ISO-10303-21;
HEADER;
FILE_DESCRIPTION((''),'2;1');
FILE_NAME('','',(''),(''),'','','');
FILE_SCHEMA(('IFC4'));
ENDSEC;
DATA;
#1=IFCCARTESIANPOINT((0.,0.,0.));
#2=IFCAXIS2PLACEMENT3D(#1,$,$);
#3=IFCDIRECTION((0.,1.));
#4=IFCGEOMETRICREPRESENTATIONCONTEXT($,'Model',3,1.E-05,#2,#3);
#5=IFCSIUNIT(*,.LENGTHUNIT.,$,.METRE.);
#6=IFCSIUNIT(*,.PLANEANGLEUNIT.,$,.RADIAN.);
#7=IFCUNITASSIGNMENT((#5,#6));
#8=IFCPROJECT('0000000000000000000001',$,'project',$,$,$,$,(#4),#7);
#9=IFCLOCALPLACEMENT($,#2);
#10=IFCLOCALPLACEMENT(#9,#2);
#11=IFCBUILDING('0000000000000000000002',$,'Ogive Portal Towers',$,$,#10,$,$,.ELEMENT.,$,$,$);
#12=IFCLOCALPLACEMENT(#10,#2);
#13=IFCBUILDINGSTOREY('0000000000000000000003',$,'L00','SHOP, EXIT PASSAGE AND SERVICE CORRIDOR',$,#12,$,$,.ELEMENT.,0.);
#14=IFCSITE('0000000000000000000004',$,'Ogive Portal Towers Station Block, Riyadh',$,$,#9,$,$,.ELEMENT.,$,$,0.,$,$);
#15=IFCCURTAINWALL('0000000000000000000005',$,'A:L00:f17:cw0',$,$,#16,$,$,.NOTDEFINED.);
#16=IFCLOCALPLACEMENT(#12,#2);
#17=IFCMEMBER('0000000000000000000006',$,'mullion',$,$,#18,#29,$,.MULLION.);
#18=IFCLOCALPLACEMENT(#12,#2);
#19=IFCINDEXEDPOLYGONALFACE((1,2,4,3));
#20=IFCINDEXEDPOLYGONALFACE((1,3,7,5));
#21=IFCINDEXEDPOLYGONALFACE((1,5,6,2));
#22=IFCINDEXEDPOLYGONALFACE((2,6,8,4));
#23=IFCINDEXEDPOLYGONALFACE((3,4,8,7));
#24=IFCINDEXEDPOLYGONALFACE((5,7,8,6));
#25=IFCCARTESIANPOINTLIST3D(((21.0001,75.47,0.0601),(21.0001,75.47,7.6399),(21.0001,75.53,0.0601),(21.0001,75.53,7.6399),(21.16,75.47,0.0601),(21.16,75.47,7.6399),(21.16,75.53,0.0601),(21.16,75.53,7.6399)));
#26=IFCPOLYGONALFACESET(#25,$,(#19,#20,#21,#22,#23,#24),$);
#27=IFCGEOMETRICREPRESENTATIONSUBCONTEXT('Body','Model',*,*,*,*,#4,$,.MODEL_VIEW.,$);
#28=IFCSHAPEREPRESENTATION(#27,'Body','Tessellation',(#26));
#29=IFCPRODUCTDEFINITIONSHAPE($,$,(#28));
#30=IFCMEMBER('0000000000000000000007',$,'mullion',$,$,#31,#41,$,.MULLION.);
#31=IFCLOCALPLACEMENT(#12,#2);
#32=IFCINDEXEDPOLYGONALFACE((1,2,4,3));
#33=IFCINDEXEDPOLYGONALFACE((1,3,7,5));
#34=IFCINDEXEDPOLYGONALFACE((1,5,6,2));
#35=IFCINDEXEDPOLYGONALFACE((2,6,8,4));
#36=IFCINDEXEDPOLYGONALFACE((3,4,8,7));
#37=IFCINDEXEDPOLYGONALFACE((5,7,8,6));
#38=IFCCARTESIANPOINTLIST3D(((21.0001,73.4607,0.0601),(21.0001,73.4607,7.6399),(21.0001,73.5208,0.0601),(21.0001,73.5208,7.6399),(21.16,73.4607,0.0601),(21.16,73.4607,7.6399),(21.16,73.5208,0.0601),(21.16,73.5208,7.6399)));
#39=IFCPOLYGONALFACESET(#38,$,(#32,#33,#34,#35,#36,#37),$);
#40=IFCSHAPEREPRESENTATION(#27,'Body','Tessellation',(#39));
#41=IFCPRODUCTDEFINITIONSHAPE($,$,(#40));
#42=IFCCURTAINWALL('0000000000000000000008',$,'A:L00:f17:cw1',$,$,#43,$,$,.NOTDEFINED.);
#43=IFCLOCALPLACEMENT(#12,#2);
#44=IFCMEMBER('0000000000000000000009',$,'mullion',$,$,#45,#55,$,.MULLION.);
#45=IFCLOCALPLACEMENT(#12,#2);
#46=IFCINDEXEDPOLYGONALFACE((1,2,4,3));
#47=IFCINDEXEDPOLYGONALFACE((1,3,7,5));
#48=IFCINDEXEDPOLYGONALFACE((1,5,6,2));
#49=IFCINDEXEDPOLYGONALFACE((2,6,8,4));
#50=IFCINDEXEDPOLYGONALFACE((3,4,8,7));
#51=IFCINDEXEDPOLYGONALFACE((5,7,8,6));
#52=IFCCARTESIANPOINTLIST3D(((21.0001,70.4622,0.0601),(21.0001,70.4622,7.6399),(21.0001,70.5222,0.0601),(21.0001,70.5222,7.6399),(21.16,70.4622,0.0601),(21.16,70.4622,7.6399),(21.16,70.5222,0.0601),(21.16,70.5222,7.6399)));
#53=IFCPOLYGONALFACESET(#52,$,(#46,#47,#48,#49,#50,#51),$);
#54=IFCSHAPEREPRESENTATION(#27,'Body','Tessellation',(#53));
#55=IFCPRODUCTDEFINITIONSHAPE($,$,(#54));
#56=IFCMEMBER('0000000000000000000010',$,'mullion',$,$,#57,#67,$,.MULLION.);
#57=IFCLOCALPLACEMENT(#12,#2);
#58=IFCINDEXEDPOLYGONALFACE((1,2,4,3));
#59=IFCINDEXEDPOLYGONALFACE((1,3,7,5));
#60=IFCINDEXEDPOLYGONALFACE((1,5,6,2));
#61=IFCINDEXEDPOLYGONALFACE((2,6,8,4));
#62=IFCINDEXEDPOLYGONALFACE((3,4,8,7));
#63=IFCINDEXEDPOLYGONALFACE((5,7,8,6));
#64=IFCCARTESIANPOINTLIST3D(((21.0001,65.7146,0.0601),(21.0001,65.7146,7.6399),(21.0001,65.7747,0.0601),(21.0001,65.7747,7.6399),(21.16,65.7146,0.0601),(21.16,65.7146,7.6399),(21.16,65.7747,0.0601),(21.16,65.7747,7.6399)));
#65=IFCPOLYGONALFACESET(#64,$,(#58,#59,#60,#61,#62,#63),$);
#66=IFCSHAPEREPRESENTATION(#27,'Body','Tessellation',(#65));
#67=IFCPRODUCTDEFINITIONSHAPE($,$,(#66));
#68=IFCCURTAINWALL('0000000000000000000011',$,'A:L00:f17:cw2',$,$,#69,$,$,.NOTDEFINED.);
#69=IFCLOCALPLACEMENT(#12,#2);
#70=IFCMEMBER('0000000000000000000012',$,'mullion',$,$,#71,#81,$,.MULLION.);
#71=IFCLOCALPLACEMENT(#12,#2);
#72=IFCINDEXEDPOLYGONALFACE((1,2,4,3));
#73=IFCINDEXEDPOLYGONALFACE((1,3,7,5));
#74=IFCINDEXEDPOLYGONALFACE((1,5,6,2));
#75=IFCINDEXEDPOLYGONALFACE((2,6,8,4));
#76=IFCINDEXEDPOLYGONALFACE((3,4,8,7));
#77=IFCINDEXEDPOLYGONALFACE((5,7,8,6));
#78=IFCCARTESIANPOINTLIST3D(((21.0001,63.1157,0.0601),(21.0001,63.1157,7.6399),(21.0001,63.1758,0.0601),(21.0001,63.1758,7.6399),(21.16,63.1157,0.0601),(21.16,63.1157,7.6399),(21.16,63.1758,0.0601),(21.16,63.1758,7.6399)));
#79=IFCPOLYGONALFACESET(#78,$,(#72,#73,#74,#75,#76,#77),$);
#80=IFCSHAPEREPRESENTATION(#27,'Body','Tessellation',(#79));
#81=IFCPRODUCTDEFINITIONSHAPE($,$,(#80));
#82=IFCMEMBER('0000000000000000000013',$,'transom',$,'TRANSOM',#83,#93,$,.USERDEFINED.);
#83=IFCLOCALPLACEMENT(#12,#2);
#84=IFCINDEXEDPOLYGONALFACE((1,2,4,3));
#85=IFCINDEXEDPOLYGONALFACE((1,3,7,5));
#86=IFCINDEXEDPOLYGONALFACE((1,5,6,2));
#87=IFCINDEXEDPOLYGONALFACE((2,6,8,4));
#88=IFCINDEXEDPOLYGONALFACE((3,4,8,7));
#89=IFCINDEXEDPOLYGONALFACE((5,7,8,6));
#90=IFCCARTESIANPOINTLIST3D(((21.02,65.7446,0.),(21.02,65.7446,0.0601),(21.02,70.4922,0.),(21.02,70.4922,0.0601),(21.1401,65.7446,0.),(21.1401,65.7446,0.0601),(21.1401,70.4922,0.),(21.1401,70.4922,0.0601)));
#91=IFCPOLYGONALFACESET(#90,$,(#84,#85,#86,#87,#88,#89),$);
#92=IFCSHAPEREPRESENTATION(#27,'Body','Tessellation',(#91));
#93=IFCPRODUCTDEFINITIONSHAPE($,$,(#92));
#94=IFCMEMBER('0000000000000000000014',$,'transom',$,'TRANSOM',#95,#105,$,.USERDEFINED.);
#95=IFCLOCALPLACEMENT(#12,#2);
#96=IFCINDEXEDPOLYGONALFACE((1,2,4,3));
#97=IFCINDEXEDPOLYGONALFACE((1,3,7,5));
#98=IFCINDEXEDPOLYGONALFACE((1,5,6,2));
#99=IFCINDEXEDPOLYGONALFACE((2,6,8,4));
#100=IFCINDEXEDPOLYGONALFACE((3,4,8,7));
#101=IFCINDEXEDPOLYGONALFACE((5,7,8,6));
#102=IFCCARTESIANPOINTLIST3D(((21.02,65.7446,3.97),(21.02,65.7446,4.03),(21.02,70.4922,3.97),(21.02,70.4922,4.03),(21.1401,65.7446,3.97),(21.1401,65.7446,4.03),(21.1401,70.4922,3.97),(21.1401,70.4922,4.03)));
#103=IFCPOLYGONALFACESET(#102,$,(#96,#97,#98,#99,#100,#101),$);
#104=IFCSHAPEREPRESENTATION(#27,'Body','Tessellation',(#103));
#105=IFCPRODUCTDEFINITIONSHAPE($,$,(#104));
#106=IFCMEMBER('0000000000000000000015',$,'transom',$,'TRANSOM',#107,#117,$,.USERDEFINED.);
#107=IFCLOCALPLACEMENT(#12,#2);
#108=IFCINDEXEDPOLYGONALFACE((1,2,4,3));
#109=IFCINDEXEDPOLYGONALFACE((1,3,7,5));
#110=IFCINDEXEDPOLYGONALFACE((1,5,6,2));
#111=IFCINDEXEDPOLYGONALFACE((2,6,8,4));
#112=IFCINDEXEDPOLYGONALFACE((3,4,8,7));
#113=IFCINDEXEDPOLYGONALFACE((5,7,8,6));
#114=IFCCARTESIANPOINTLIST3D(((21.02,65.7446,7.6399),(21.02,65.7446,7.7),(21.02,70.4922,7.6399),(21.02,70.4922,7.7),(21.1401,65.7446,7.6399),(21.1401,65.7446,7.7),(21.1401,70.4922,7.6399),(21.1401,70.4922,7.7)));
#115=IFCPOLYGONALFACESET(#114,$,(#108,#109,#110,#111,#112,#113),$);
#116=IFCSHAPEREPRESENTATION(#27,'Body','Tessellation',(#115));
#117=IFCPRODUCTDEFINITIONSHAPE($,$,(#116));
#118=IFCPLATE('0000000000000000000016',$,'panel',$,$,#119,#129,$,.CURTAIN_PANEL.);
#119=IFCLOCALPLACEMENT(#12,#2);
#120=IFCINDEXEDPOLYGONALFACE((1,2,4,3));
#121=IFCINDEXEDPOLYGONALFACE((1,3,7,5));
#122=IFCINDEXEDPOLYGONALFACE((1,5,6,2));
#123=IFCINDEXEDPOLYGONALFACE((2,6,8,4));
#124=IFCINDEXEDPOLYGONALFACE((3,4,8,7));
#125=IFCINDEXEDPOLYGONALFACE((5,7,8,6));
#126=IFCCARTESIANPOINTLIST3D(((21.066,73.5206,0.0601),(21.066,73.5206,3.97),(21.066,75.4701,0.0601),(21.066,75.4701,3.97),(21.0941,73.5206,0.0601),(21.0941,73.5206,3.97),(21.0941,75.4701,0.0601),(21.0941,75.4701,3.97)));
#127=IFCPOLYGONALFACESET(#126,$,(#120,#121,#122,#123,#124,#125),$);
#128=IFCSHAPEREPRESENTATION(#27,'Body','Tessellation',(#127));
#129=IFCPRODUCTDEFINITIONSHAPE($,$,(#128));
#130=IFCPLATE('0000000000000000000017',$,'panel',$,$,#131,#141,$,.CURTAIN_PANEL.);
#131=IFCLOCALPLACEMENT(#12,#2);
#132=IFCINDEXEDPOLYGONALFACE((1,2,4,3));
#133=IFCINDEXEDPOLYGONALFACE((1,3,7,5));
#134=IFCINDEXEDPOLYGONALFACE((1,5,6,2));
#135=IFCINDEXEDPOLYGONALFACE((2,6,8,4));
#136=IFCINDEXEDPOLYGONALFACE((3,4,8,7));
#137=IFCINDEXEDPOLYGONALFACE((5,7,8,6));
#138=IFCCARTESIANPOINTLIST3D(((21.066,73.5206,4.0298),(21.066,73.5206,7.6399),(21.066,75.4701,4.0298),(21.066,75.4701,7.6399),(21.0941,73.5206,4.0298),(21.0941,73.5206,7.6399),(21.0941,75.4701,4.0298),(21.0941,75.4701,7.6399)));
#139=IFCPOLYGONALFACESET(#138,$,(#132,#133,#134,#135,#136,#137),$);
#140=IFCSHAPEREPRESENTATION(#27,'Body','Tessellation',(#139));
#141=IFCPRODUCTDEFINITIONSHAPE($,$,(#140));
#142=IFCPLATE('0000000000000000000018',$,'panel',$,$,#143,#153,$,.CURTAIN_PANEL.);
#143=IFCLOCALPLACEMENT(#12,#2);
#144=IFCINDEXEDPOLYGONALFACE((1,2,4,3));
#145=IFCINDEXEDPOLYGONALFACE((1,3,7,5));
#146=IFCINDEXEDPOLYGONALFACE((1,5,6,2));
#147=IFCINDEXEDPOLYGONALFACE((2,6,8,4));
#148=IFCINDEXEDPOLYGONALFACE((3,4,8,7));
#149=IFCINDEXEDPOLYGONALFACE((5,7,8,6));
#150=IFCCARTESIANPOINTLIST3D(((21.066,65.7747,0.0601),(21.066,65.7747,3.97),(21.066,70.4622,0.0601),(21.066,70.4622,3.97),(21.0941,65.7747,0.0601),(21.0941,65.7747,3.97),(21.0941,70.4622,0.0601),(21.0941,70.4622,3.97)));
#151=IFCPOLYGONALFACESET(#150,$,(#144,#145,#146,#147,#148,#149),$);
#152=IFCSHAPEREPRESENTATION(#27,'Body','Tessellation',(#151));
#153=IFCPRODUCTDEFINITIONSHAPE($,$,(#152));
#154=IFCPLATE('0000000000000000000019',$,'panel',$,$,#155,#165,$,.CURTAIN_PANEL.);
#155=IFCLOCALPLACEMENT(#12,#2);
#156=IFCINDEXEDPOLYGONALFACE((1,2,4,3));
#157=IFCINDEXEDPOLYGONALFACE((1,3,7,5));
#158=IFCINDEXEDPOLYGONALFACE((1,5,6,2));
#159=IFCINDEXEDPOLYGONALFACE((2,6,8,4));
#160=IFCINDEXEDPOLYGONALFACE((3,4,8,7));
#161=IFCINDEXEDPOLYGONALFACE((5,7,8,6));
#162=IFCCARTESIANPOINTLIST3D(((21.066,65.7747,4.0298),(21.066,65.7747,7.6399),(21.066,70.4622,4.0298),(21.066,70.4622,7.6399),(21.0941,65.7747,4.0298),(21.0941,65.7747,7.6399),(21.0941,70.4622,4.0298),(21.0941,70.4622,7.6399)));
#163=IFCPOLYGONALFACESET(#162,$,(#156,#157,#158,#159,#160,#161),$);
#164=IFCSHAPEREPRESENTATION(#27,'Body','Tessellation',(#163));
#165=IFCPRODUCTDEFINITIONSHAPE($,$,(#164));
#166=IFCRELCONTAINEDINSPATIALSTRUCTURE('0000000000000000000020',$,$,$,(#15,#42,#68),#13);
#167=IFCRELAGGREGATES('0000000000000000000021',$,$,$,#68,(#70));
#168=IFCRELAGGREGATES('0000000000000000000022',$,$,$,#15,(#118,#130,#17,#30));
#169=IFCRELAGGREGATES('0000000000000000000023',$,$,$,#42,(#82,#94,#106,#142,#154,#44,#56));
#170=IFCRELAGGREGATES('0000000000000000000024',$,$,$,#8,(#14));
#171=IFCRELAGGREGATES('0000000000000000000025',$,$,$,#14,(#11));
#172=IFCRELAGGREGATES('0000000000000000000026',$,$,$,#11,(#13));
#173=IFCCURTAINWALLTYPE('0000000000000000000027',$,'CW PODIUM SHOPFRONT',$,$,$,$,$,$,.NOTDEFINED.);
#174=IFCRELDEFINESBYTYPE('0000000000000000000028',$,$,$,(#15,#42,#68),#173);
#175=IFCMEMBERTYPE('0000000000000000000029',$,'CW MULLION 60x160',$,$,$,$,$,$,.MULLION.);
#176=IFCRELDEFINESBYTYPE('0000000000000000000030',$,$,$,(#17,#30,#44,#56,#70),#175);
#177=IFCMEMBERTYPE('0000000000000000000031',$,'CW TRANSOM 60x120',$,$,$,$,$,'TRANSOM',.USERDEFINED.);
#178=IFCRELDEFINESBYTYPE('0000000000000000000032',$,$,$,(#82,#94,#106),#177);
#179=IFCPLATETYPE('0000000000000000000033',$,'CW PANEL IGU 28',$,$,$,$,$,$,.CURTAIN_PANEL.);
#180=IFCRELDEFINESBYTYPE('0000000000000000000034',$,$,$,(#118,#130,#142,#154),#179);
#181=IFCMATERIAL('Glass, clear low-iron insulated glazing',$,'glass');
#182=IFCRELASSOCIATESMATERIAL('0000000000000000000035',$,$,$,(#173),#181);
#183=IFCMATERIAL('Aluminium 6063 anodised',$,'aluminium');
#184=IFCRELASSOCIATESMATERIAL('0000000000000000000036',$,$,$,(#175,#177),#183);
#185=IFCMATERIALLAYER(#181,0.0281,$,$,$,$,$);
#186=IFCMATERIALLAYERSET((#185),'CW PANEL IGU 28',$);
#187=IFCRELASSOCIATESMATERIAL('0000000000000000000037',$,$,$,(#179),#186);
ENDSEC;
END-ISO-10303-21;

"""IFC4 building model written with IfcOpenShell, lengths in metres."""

from ifc_helpers import new_model, si_unit, direction, frame, origin, origin_2d, place, context, subcontext, project, spatial, rectangle, extrude, material, layer, layer_set, material_profile, profile_set, type_object, element, aggregate, save


model = new_model("IFC4")

# Units and contexts
model_context = context("Model", 3, precision=1e-05, world=origin(), true_north=direction((0.0, 1.0)))
body_context = subcontext(model_context, "Body", "Model", "MODEL_VIEW")
ifc_project = project(units=[si_unit("LENGTHUNIT", "METRE"), si_unit("PLANEANGLEUNIT", "RADIAN")], contexts=[model_context])

# Site, building, storey
site_placement = place(None, origin())
site = spatial("IfcSite", under=ifc_project, at=site_placement, Name="Ogive Portal Towers Station Block, Riyadh", CompositionType="ELEMENT", RefElevation=0.0)
building_placement = place(site_placement, origin())
building = spatial("IfcBuilding", under=site, at=building_placement, Name="Ogive Portal Towers", CompositionType="ELEMENT")
storey_placement = place(building_placement, origin())
storey = spatial("IfcBuildingStorey", under=building, at=storey_placement, Name="L00", Description="SHOP, EXIT PASSAGE AND SERVICE CORRIDOR", CompositionType="ELEMENT", Elevation=0.0)

# Curtain walls, members
ifc_material_1 = material(Name="Glass, clear low-iron insulated glazing", Category="glass")
curtain_wall_type = type_object("IfcCurtainWallType", Name="CW PODIUM SHOPFRONT", PredefinedType="NOTDEFINED", material=ifc_material_1)
curtain_wall_1_placement = place(storey_placement, origin())
curtain_wall_1 = element("IfcCurtainWall", 1, at=curtain_wall_1_placement, inside=storey, type_object=curtain_wall_type, Name="A:L00:f17:cw0", PredefinedType="NOTDEFINED")
ifc_material_2 = material(Name="Aluminium 6063 anodised", Category="aluminium")
ifc_material_profile_1 = material_profile(ifc_material_2, rectangle(XDim=0.1599, YDim=0.0601, at=origin_2d()), Name="AL 60x160")
ifc_profile_set_1 = profile_set([ifc_material_profile_1], Name="Aluminium 6063 anodised")
member_type_1 = type_object("IfcMemberType", Name="CW MULLION 60x160", PredefinedType="MULLION", material=ifc_profile_set_1)
member_1_placement = place(storey_placement, frame((21.0801, 75.5, 0.0601), z_axis=(0.0, 0.0, 1.0), x_axis=(1.0, 0.0, 0.0)))
member_1 = element("IfcMember", 2, at=member_1_placement, type_object=member_type_1, Name="mullion", PredefinedType="MULLION", context=body_context, shape_type="SweptSolid", body=[
    extrude(rectangle(XDim=0.1599, YDim=0.0601, at=origin_2d()), origin(), (0.0, 0.0, 1.0), 7.5798),
])
member_2_placement = place(storey_placement, frame((21.0801, 73.4907, 0.0601), z_axis=(0.0, 0.0, 1.0), x_axis=(1.0, 0.0, 0.0)))
member_2 = element("IfcMember", 3, at=member_2_placement, type_object=member_type_1, Name="mullion", PredefinedType="MULLION", context=body_context, shape_type="SweptSolid", body=[
    extrude(rectangle(XDim=0.1599, YDim=0.0601, at=origin_2d()), origin(), (0.0, 0.0, 1.0), 7.5798),
])
curtain_wall_2_placement = place(storey_placement, origin())
curtain_wall_2 = element("IfcCurtainWall", 4, at=curtain_wall_2_placement, inside=storey, type_object=curtain_wall_type, Name="A:L00:f17:cw1", PredefinedType="NOTDEFINED")
member_3_placement = place(storey_placement, frame((21.0801, 70.4922, 0.0601), z_axis=(0.0, 0.0, 1.0), x_axis=(1.0, 0.0, 0.0)))
member_3 = element("IfcMember", 5, at=member_3_placement, type_object=member_type_1, Name="mullion", PredefinedType="MULLION", context=body_context, shape_type="SweptSolid", body=[
    extrude(rectangle(XDim=0.1599, YDim=0.0601, at=origin_2d()), origin(), (0.0, 0.0, 1.0), 7.5798),
])
member_4_placement = place(storey_placement, frame((21.0801, 65.7446, 0.0601), z_axis=(0.0, 0.0, 1.0), x_axis=(1.0, 0.0, 0.0)))
member_4 = element("IfcMember", 6, at=member_4_placement, type_object=member_type_1, Name="mullion", PredefinedType="MULLION", context=body_context, shape_type="SweptSolid", body=[
    extrude(rectangle(XDim=0.1599, YDim=0.0601, at=origin_2d()), origin(), (0.0, 0.0, 1.0), 7.5798),
])

# Curtain wall, member
curtain_wall_3_placement = place(storey_placement, origin())
curtain_wall_3 = element("IfcCurtainWall", 7, at=curtain_wall_3_placement, inside=storey, type_object=curtain_wall_type, Name="A:L00:f17:cw2", PredefinedType="NOTDEFINED")
member_5_placement = place(storey_placement, frame((21.0801, 63.1458, 0.0601), z_axis=(0.0, 0.0, 1.0), x_axis=(1.0, 0.0, 0.0)))
member_5 = element("IfcMember", 8, at=member_5_placement, type_object=member_type_1, Name="mullion", PredefinedType="MULLION", context=body_context, shape_type="SweptSolid", body=[
    extrude(rectangle(XDim=0.1599, YDim=0.0601, at=origin_2d()), origin(), (0.0, 0.0, 1.0), 7.5798),
])
aggregate(curtain_wall_3, [member_5])

# Members
ifc_material_profile_2 = material_profile(ifc_material_2, rectangle(XDim=0.1201, YDim=0.0601, at=origin_2d()), Name="AL 120x60")
ifc_profile_set_2 = profile_set([ifc_material_profile_2], Name="Aluminium 6063 anodised")
member_type_2 = type_object("IfcMemberType", Name="CW TRANSOM 60x120", ElementType="TRANSOM", PredefinedType="USERDEFINED", material=ifc_profile_set_2)
member_6_placement = place(storey_placement, frame((21.0801, 70.4922, 0.03), z_axis=(0.0, -1.0, 0.0), x_axis=(1.0, 0.0, 0.0)))
member_6 = element("IfcMember", 9, at=member_6_placement, type_object=member_type_2, Name="transom", ObjectType="TRANSOM", PredefinedType="USERDEFINED", context=body_context, shape_type="SweptSolid", body=[
    extrude(rectangle(XDim=0.1201, YDim=0.0601, at=origin_2d()), origin(), (0.0, 0.0, 1.0), 4.7476),
])
member_7_placement = place(storey_placement, frame((21.0801, 70.4922, 4.0), z_axis=(0.0, -1.0, 0.0), x_axis=(1.0, 0.0, 0.0)))
member_7 = element("IfcMember", 10, at=member_7_placement, type_object=member_type_2, Name="transom", ObjectType="TRANSOM", PredefinedType="USERDEFINED", context=body_context, shape_type="SweptSolid", body=[
    extrude(rectangle(XDim=0.1201, YDim=0.0601, at=origin_2d()), origin(), (0.0, 0.0, 1.0), 4.7476),
])
member_8_placement = place(storey_placement, frame((21.0801, 70.4922, 7.6699), z_axis=(0.0, -1.0, 0.0), x_axis=(1.0, 0.0, 0.0)))
member_8 = element("IfcMember", 11, at=member_8_placement, type_object=member_type_2, Name="transom", ObjectType="TRANSOM", PredefinedType="USERDEFINED", context=body_context, shape_type="SweptSolid", body=[
    extrude(rectangle(XDim=0.1201, YDim=0.0601, at=origin_2d()), origin(), (0.0, 0.0, 1.0), 4.7476),
])

# Plates
ifc_layer_1 = layer(ifc_material_1, 0.0281)
ifc_layer_set_1 = layer_set([ifc_layer_1], Name="CW PANEL IGU 28")
plate_type = type_object("IfcPlateType", Name="CW PANEL IGU 28", PredefinedType="CURTAIN_PANEL", material=ifc_layer_set_1)
plate_1_placement = place(storey_placement, frame((21.0801, 74.4954, 0.0601), z_axis=(0.0, 0.0, 1.0), x_axis=(0.0, -1.0, 0.0)))
plate_1 = element("IfcPlate", 12, at=plate_1_placement, type_object=plate_type, Name="panel", PredefinedType="CURTAIN_PANEL", context=body_context, shape_type="SweptSolid", body=[
    extrude(rectangle(XDim=1.9495, YDim=0.0281, at=origin_2d()), origin(), (0.0, 0.0, 1.0), 3.9099),
])
plate_2_placement = place(storey_placement, frame((21.0801, 74.4954, 4.0298), z_axis=(0.0, 0.0, 1.0), x_axis=(0.0, -1.0, 0.0)))
plate_2 = element("IfcPlate", 13, at=plate_2_placement, type_object=plate_type, Name="panel", PredefinedType="CURTAIN_PANEL", context=body_context, shape_type="SweptSolid", body=[
    extrude(rectangle(XDim=1.9495, YDim=0.0281, at=origin_2d()), origin(), (0.0, 0.0, 1.0), 3.6101),
])
aggregate(curtain_wall_1, [plate_1, plate_2, member_1, member_2])
plate_3_placement = place(storey_placement, frame((21.0801, 68.1184, 0.0601), z_axis=(0.0, 0.0, 1.0), x_axis=(0.0, -1.0, 0.0)))
plate_3 = element("IfcPlate", 14, at=plate_3_placement, type_object=plate_type, Name="panel", PredefinedType="CURTAIN_PANEL", context=body_context, shape_type="SweptSolid", body=[
    extrude(rectangle(XDim=4.6875, YDim=0.0281, at=origin_2d()), origin(), (0.0, 0.0, 1.0), 3.9099),
])
plate_4_placement = place(storey_placement, frame((21.0801, 68.1184, 4.0298), z_axis=(0.0, 0.0, 1.0), x_axis=(0.0, -1.0, 0.0)))
plate_4 = element("IfcPlate", 15, at=plate_4_placement, type_object=plate_type, Name="panel", PredefinedType="CURTAIN_PANEL", context=body_context, shape_type="SweptSolid", body=[
    extrude(rectangle(XDim=4.6875, YDim=0.0281, at=origin_2d()), origin(), (0.0, 0.0, 1.0), 3.6101),
])
aggregate(curtain_wall_2, [member_6, member_7, member_8, plate_3, plate_4, member_3, member_4])

save(model, "model.ifc")
